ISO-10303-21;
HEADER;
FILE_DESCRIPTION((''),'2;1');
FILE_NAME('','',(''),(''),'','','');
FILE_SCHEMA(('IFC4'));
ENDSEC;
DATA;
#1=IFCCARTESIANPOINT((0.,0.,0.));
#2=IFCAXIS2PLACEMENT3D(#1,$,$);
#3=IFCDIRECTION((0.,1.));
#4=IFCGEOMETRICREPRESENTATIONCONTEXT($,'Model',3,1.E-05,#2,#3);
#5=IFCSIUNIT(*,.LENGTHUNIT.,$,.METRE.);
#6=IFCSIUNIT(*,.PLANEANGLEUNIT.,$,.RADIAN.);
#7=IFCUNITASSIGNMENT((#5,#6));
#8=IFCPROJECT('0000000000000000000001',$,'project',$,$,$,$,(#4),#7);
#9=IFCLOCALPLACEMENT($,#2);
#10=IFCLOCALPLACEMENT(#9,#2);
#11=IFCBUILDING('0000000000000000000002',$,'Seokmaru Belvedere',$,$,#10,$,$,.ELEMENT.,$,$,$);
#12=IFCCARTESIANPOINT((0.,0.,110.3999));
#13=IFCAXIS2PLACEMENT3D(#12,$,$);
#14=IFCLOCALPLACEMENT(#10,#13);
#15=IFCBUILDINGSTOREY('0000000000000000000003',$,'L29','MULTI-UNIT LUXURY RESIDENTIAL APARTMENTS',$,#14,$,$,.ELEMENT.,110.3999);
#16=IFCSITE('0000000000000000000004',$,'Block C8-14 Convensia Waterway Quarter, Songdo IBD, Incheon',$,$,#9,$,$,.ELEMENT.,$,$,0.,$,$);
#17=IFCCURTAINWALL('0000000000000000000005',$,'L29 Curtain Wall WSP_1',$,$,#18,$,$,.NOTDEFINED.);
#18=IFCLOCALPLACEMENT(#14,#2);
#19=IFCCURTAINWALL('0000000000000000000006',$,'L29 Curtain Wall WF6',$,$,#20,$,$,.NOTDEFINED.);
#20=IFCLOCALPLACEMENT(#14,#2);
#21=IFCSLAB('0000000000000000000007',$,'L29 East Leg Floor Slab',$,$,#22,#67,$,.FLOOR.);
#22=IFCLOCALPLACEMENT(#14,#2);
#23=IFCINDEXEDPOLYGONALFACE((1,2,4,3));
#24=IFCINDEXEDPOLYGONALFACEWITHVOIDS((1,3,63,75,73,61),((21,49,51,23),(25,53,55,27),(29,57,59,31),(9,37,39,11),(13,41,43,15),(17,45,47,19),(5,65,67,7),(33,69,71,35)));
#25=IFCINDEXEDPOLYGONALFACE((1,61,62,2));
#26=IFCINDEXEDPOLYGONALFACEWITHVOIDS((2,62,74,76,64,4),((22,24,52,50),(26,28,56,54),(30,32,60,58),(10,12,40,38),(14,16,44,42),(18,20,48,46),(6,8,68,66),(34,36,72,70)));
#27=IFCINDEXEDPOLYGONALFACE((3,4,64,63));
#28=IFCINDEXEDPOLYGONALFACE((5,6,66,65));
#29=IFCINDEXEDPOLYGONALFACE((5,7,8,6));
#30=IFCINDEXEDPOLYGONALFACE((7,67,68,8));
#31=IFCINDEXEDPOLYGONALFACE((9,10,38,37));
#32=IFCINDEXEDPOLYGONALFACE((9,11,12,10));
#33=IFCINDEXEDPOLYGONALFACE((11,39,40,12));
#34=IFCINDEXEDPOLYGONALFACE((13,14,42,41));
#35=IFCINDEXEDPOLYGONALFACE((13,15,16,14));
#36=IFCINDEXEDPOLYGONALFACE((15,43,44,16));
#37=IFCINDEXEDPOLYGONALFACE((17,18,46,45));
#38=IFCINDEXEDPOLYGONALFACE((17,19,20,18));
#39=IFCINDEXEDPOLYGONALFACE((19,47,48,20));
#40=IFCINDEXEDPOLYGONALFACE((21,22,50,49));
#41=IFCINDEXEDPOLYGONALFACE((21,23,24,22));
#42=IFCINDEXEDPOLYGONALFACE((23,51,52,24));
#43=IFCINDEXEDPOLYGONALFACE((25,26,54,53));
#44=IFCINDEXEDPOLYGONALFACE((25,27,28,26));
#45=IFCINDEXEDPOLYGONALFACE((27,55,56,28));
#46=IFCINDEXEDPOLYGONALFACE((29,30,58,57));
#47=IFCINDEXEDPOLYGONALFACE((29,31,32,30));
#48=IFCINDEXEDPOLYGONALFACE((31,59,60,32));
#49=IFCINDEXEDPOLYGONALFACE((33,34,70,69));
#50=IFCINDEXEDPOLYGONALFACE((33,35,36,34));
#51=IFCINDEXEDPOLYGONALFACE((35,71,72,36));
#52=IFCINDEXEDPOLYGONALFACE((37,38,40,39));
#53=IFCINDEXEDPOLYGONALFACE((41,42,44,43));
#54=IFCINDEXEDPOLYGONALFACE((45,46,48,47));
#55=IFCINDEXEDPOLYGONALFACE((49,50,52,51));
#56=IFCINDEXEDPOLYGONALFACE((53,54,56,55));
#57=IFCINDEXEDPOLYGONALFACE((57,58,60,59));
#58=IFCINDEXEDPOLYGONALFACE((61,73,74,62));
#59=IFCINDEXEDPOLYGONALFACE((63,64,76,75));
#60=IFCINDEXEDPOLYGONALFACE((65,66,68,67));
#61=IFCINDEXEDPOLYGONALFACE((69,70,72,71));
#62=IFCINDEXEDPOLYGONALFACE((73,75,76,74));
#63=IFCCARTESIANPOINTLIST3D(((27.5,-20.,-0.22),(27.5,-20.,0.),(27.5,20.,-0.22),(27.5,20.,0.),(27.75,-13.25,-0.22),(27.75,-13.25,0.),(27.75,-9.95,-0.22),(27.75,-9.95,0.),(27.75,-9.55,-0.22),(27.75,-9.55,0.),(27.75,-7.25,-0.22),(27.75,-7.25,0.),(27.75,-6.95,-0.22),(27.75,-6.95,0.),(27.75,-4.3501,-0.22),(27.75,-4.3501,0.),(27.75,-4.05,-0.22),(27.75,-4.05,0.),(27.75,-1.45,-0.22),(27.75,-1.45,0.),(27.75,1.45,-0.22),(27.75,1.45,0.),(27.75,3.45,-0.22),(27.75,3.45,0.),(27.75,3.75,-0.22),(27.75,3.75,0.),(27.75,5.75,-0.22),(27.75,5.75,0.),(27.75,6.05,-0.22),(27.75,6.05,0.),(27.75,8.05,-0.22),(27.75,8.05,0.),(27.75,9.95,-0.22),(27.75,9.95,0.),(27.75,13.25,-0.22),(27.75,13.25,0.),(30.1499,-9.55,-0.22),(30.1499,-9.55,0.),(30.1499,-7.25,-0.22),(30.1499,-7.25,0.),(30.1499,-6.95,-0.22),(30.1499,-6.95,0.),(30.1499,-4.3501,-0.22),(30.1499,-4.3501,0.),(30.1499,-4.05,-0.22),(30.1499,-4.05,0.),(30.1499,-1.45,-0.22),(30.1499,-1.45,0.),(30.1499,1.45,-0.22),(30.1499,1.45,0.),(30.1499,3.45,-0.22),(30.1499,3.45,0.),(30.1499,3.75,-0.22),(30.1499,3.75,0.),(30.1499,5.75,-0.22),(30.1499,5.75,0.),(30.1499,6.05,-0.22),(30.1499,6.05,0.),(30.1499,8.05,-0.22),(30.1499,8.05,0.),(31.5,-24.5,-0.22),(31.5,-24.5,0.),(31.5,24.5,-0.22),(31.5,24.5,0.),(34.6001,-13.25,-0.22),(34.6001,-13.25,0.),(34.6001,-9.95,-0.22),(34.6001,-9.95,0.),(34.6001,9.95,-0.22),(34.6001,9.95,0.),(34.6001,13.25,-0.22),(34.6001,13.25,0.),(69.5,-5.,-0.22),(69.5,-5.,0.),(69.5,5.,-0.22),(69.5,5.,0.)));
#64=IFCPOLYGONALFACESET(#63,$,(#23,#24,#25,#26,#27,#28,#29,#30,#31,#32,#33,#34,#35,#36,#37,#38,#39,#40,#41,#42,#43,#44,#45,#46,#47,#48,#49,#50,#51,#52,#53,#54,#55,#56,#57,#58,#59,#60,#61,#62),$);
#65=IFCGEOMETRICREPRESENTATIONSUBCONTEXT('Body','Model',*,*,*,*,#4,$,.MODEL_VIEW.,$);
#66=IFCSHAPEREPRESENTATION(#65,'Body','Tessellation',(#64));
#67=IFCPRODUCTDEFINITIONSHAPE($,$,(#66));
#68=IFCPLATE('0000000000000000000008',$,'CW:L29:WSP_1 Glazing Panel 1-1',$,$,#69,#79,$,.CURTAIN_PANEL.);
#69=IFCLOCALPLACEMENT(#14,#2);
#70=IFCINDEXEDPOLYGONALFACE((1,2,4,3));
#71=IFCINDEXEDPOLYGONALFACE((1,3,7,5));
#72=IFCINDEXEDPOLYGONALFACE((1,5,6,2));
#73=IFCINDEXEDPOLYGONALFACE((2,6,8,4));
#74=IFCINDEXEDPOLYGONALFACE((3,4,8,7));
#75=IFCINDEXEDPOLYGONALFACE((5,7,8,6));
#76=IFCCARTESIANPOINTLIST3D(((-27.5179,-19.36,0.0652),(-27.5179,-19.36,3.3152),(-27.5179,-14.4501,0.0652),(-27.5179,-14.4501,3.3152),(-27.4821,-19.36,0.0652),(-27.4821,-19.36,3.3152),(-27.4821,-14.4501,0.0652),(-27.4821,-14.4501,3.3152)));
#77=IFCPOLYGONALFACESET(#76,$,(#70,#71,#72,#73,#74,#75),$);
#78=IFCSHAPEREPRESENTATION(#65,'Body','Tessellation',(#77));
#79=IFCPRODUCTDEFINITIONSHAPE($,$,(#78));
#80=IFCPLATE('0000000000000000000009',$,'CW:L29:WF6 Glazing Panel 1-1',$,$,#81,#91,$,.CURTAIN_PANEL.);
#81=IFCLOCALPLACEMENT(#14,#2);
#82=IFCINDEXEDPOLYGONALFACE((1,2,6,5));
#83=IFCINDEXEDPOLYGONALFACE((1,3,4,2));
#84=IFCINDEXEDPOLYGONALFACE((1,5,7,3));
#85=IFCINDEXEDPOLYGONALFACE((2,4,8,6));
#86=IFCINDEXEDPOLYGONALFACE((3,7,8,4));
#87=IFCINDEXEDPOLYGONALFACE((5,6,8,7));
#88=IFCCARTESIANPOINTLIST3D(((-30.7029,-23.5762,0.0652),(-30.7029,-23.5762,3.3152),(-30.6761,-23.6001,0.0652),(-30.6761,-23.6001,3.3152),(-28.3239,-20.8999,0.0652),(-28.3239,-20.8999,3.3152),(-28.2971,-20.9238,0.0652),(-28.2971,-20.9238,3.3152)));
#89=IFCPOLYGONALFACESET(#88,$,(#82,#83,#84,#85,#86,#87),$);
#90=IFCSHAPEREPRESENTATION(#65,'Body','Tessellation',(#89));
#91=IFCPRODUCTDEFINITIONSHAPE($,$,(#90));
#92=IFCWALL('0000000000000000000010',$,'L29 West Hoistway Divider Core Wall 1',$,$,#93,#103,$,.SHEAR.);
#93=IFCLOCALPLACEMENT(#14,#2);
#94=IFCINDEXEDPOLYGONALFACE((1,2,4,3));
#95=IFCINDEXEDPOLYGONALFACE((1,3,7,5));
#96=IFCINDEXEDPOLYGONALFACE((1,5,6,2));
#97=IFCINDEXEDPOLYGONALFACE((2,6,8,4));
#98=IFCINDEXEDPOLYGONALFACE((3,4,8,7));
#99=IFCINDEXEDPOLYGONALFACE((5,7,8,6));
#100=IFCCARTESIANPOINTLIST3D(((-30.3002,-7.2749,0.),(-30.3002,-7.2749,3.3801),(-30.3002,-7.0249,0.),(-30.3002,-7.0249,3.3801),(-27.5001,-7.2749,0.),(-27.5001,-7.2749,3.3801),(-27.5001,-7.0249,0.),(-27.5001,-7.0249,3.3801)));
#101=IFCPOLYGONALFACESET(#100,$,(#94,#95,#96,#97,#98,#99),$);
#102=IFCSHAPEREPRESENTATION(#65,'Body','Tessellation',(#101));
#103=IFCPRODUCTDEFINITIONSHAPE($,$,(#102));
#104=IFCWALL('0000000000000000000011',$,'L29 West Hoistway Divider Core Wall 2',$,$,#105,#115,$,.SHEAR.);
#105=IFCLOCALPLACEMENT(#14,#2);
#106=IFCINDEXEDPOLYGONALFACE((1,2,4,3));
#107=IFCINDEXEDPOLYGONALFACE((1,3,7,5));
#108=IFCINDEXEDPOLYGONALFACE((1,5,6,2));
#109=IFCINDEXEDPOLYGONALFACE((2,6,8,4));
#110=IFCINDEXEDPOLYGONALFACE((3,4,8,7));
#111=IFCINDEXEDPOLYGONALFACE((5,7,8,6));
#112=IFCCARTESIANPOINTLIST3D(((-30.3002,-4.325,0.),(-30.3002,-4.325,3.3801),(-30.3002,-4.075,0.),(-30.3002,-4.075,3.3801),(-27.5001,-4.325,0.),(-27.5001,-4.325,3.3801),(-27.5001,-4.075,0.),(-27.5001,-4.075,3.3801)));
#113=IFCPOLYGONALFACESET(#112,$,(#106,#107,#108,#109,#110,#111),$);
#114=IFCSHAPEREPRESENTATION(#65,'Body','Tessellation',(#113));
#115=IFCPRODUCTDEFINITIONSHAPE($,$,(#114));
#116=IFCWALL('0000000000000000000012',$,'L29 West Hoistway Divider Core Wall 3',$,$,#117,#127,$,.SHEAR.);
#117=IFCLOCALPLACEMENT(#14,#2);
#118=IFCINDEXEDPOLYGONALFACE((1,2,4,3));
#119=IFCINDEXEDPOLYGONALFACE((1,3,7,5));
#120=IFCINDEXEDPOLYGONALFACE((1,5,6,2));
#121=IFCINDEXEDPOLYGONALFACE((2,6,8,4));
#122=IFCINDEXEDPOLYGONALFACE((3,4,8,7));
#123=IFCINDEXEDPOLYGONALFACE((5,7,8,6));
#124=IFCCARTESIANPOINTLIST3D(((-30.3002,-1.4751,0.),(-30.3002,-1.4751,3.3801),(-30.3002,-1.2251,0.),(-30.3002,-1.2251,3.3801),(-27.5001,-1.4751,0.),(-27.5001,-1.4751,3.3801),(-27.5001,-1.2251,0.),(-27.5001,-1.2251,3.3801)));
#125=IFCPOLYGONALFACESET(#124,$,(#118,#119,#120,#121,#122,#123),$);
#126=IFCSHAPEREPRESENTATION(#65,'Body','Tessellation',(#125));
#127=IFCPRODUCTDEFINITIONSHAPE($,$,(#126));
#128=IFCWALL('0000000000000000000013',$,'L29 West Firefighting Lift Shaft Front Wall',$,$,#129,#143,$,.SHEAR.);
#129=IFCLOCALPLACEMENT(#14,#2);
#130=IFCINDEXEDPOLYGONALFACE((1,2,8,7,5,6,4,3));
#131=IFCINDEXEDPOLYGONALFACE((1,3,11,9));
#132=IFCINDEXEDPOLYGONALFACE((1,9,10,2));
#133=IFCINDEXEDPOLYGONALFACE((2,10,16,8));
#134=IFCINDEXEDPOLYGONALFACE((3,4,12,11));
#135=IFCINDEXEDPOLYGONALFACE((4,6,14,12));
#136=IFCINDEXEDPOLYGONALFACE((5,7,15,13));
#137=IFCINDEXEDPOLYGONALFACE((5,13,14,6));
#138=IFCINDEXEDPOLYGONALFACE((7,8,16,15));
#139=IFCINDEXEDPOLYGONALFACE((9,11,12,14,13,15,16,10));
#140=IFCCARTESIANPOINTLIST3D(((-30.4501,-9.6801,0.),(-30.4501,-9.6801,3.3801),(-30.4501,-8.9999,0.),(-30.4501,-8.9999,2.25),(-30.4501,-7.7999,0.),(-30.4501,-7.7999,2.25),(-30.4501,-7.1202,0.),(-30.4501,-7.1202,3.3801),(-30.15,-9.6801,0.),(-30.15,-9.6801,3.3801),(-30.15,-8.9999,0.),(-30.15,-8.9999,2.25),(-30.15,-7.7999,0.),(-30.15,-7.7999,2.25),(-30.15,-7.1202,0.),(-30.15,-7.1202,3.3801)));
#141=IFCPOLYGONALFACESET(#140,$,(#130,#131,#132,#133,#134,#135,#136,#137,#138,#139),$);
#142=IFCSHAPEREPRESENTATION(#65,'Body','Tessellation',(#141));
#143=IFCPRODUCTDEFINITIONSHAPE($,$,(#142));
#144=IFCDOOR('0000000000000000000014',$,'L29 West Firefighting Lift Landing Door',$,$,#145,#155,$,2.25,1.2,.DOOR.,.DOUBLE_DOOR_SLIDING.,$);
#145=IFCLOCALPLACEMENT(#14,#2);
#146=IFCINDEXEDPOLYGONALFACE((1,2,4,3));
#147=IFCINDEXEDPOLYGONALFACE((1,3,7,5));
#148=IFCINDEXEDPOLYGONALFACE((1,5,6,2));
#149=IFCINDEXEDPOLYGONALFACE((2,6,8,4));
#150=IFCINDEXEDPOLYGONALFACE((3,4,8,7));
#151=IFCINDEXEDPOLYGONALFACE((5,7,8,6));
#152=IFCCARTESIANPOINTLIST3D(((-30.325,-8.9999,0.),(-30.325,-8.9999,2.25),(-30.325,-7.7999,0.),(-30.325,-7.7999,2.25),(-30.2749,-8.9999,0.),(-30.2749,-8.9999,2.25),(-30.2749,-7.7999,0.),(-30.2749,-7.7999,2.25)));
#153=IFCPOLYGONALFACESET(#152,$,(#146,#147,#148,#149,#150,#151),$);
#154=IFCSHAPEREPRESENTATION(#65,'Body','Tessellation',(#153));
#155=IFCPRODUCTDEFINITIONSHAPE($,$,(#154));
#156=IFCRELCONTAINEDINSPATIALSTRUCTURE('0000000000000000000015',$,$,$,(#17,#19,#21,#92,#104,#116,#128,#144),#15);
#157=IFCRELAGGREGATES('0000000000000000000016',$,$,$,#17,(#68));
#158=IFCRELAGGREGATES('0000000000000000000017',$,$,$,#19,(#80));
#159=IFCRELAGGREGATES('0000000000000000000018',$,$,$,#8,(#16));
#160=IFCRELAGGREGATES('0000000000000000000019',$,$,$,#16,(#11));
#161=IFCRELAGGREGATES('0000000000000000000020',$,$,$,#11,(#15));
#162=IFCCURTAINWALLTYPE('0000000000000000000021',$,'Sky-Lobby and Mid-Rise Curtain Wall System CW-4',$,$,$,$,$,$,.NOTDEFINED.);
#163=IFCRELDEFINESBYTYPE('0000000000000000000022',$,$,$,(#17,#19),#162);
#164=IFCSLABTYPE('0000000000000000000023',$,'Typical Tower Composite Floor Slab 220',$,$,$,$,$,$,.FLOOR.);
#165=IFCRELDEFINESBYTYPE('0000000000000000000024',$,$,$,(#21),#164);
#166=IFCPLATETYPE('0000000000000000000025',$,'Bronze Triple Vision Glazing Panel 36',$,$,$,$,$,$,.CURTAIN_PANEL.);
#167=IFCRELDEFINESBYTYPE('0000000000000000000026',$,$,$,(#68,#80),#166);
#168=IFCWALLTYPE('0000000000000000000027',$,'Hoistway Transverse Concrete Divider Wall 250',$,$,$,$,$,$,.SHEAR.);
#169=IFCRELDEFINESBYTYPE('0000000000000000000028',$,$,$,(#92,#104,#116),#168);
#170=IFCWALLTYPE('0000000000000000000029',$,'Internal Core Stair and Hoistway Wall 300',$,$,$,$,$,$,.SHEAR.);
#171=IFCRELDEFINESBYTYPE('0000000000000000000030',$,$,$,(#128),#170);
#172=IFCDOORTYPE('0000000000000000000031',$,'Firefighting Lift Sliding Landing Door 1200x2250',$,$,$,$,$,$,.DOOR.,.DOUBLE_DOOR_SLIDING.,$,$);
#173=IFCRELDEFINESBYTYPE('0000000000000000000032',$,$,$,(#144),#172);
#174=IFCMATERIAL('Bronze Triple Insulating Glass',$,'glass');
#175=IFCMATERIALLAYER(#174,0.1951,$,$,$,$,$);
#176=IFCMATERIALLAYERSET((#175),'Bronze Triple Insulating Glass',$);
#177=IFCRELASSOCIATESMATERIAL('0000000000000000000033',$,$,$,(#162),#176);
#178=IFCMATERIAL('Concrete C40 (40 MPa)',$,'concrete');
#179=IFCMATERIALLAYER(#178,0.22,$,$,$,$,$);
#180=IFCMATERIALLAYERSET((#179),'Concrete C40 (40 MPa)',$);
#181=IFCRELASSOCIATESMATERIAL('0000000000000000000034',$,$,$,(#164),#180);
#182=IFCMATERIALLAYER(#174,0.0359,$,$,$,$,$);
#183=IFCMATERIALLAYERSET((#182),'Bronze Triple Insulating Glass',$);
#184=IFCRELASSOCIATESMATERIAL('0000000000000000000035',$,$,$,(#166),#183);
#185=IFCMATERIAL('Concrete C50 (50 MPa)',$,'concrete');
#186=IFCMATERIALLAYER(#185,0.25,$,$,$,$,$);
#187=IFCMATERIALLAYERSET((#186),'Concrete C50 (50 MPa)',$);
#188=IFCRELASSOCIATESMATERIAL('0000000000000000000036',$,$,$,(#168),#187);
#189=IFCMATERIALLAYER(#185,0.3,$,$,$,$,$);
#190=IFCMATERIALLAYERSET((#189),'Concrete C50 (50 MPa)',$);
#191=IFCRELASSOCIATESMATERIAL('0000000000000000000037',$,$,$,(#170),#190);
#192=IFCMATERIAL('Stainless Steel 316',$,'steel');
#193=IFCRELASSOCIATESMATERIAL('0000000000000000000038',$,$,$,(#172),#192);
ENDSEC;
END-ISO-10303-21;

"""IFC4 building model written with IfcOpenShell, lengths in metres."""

from ifc_helpers import new_model, si_unit, direction, frame, frame_2d, origin, origin_2d, place, context, subcontext, project, spatial, polyline, rectangle, outline, extrude, source, transform, mapped, material, layer, layer_set, type_object, type_shapes, element, fill, aggregate, save


model = new_model("IFC4")

# Units and contexts
model_context = context("Model", 3, precision=1e-05, world=origin(), true_north=direction((0.0, 1.0)))
body_context = subcontext(model_context, "Body", "Model", "MODEL_VIEW")
ifc_project = project(units=[si_unit("LENGTHUNIT", "METRE"), si_unit("PLANEANGLEUNIT", "RADIAN")], contexts=[model_context])

# Site, building, storey
site_placement = place(None, origin())
site = spatial("IfcSite", under=ifc_project, at=site_placement, Name="Block C8-14 Convensia Waterway Quarter, Songdo IBD, Incheon", CompositionType="ELEMENT", RefElevation=0.0)
building_placement = place(site_placement, origin())
building = spatial("IfcBuilding", under=site, at=building_placement, Name="Seokmaru Belvedere", CompositionType="ELEMENT")
storey_placement = place(building_placement, frame((0.0, 0.0, 110.3999)))
storey = spatial("IfcBuildingStorey", under=building, at=storey_placement, Name="L29", Description="MULTI-UNIT LUXURY RESIDENTIAL APARTMENTS", CompositionType="ELEMENT", Elevation=110.3999)

# Curtain walls
ifc_material_1 = material(Name="Bronze Triple Insulating Glass", Category="glass")
ifc_layer_1 = layer(ifc_material_1, 0.1951)
ifc_layer_set_1 = layer_set([ifc_layer_1], Name="Bronze Triple Insulating Glass")
curtain_wall_type = type_object("IfcCurtainWallType", Name="Sky-Lobby and Mid-Rise Curtain Wall System CW-4", PredefinedType="NOTDEFINED", material=ifc_layer_set_1)
curtain_wall_1_placement = place(storey_placement, origin())
curtain_wall_1 = element("IfcCurtainWall", 1, at=curtain_wall_1_placement, inside=storey, type_object=curtain_wall_type, Name="L29 Curtain Wall WSP_1", PredefinedType="NOTDEFINED")
curtain_wall_2_placement = place(storey_placement, origin())
curtain_wall_2 = element("IfcCurtainWall", 2, at=curtain_wall_2_placement, inside=storey, type_object=curtain_wall_type, Name="L29 Curtain Wall WF6", PredefinedType="NOTDEFINED")

# Slab
ifc_material_2 = material(Name="Concrete C40 (40 MPa)", Category="concrete")
ifc_layer_2 = layer(ifc_material_2, 0.22)
ifc_layer_set_2 = layer_set([ifc_layer_2], Name="Concrete C40 (40 MPa)")
slab_type = type_object("IfcSlabType", Name="Typical Tower Composite Floor Slab 220", PredefinedType="FLOOR", material=ifc_layer_set_2)
slab_1_placement = place(storey_placement, frame((0.0, 0.0, -0.22)))
element("IfcSlab", 3, at=slab_1_placement, inside=storey, type_object=slab_type, Name="L29 East Leg Floor Slab", PredefinedType="FLOOR", context=body_context, shape_type="SweptSolid", body=[
    extrude(outline(polyline([(31.5, -24.5), (69.5, -5.0), (69.5, 5.0), (31.5, 24.5), (27.5, 20.0), (27.5, -20.0), (31.5, -24.5)]), holes=[polyline([(27.75, -13.25), (34.6001, -13.25), (34.6001, -9.95), (27.75, -9.95), (27.75, -13.25)]), polyline([(27.75, 9.95), (34.6001, 9.95), (34.6001, 13.25), (27.75, 13.25), (27.75, 9.95)]), polyline([(27.75, -9.55), (30.1499, -9.55), (30.1499, -7.25), (27.75, -7.25), (27.75, -9.55)]), polyline([(27.75, -6.95), (30.1499, -6.95), (30.1499, -4.3501), (27.75, -4.3501), (27.75, -6.95)]), polyline([(27.75, -4.05), (30.1499, -4.05), (30.1499, -1.45), (27.75, -1.45), (27.75, -4.05)]), polyline([(27.75, 1.45), (30.1499, 1.45), (30.1499, 3.45), (27.75, 3.45), (27.75, 1.45)]), polyline([(27.75, 3.75), (30.1499, 3.75), (30.1499, 5.75), (27.75, 5.75), (27.75, 3.75)]), polyline([(27.75, 6.05), (30.1499, 6.05), (30.1499, 8.05), (27.75, 8.05), (27.75, 6.05)])]), origin(), (0.0, 0.0, 1.0), 0.22),
])

# Plates
ifc_layer_3 = layer(ifc_material_1, 0.0359)
ifc_layer_set_3 = layer_set([ifc_layer_3], Name="Bronze Triple Insulating Glass")
plate_type = type_object("IfcPlateType", Name="Bronze Triple Vision Glazing Panel 36", PredefinedType="CURTAIN_PANEL", material=ifc_layer_set_3)
shared_shape_1 = source(origin(), body_context, "Body", "SweptSolid", [
    extrude(rectangle(XDim=4.9099, YDim=0.0359, at=origin_2d()), origin(), (0.0, 0.0, 1.0), 3.25),
])
plate_1_placement = place(storey_placement, frame((-27.5, -16.905, 0.0652), z_axis=(0.0, 0.0, 1.0), x_axis=(0.0, 1.0, 0.0)))
plate_1 = element("IfcPlate", 4, at=plate_1_placement, type_object=plate_type, Name="CW:L29:WSP_1 Glazing Panel 1-1", PredefinedType="CURTAIN_PANEL", context=body_context, shape_type="MappedRepresentation", body=[
    mapped(shared_shape_1, transform((0.0, 0.0, 0.0), scale=1.0)),
])
aggregate(curtain_wall_1, [plate_1])
shared_shape_2 = source(origin(), body_context, "Body", "SweptSolid", [
    extrude(rectangle(XDim=3.5808, YDim=0.0359, at=origin_2d()), origin(), (0.0, 0.0, 1.0), 3.25),
])
type_shapes(plate_type, [shared_shape_1, shared_shape_2])
plate_2_placement = place(storey_placement, frame((-29.5, -22.25, 0.0652), z_axis=(0.0, 0.0, 1.0), x_axis=(0.664363, 0.74741, 0.0)))
plate_2 = element("IfcPlate", 5, at=plate_2_placement, type_object=plate_type, Name="CW:L29:WF6 Glazing Panel 1-1", PredefinedType="CURTAIN_PANEL", context=body_context, shape_type="MappedRepresentation", body=[
    mapped(shared_shape_2, transform((0.0, 0.0, 0.0), scale=1.0)),
])
aggregate(curtain_wall_2, [plate_2])

# Walls
ifc_material_3 = material(Name="Concrete C50 (50 MPa)", Category="concrete")
ifc_layer_4 = layer(ifc_material_3, 0.25)
ifc_layer_set_4 = layer_set([ifc_layer_4], Name="Concrete C50 (50 MPa)")
wall_type_1 = type_object("IfcWallType", Name="Hoistway Transverse Concrete Divider Wall 250", PredefinedType="SHEAR", material=ifc_layer_set_4)
for number, where, z_axis, x_axis, name in (
    (6, (-30.3, -7.1499, 0.0), (0.0, 0.0, 1.0), (1.0, 0.0, 0.0), "L29 West Hoistway Divider Core Wall 1"),
    (7, (-30.3, -4.2, 0.0), (0.0, 0.0, 1.0), (1.0, 0.0, 0.0), "L29 West Hoistway Divider Core Wall 2"),
    (8, (-30.3, -1.3501, 0.0), (0.0, 0.0, 1.0), (1.0, 0.0, 0.0), "L29 West Hoistway Divider Core Wall 3"),
):
    element("IfcWall", number, at=place(storey_placement, frame(where, z_axis=z_axis, x_axis=x_axis)), inside=storey, type_object=wall_type_1, Name=name, PredefinedType="SHEAR", context=body_context, shape_type="SweptSolid", body=[
        extrude(rectangle(XDim=2.8, YDim=0.25, at=frame_2d((1.3999, 0.0))), origin(), (0.0, 0.0, 1.0), 3.3801),
    ])

# Wall, opening, door
ifc_layer_5 = layer(ifc_material_3, 0.3)
ifc_layer_set_5 = layer_set([ifc_layer_5], Name="Concrete C50 (50 MPa)")
wall_type_2 = type_object("IfcWallType", Name="Internal Core Stair and Hoistway Wall 300", PredefinedType="SHEAR", material=ifc_layer_set_5)
wall_1_placement = place(storey_placement, frame((-30.3, -9.6799, 0.0), z_axis=(0.0, 0.0, 1.0), x_axis=(0.0, 1.0, 0.0)))
wall_1 = element("IfcWall", 9, at=wall_1_placement, inside=storey, type_object=wall_type_2, Name="L29 West Firefighting Lift Shaft Front Wall", PredefinedType="SHEAR", context=body_context, shape_type="SweptSolid", body=[
    extrude(rectangle(XDim=2.5598, YDim=0.3, at=frame_2d((1.2798, 0.0))), origin(), (0.0, 0.0, 1.0), 3.3801),
])
opening_1_placement = place(wall_1_placement, frame((0.6799, 0.0, 0.0)))
opening_1 = element("IfcOpeningElement", 10, at=opening_1_placement, cuts=wall_1, PredefinedType="OPENING", context=body_context, shape_type="SweptSolid", body=[
    extrude(rectangle(XDim=1.2, YDim=2.25, at=frame_2d((0.6001, 1.125))), frame((0.0, 0.1602, 0.0), z_axis=(0.0, -1.0, 0.0), x_axis=(1.0, 0.0, 0.0)), (0.0, 0.0, 1.0), 0.3201),
])
ifc_material_4 = material(Name="Stainless Steel 316", Category="steel")
door_type_1 = type_object("IfcDoorType", Name="Firefighting Lift Sliding Landing Door 1200x2250", OperationType="DOUBLE_DOOR_SLIDING", PredefinedType="DOOR", material=ifc_material_4)
shared_shape_3 = source(origin(), body_context, "Body", "SweptSolid", [
    extrude(rectangle(XDim=1.2, YDim=2.25, at=frame_2d((0.6001, 1.125))), frame((0.0, 0.0249, 0.0), z_axis=(0.0, -1.0, 0.0), x_axis=(1.0, 0.0, 0.0)), (0.0, 0.0, 1.0), 0.05),
])
type_shapes(door_type_1, [shared_shape_3])
door_1_placement = place(opening_1_placement, origin())
door_1 = element("IfcDoor", 11, at=door_1_placement, inside=storey, type_object=door_type_1, Name="L29 West Firefighting Lift Landing Door", OperationType="DOUBLE_DOOR_SLIDING", OverallHeight=2.25, OverallWidth=1.2, PredefinedType="DOOR", context=body_context, shape_type="MappedRepresentation", body=[
    mapped(shared_shape_3, transform((0.0, 0.0, 0.0), scale=1.0)),
])
fill(opening_1, door_1)

save(model, "model.ifc")
